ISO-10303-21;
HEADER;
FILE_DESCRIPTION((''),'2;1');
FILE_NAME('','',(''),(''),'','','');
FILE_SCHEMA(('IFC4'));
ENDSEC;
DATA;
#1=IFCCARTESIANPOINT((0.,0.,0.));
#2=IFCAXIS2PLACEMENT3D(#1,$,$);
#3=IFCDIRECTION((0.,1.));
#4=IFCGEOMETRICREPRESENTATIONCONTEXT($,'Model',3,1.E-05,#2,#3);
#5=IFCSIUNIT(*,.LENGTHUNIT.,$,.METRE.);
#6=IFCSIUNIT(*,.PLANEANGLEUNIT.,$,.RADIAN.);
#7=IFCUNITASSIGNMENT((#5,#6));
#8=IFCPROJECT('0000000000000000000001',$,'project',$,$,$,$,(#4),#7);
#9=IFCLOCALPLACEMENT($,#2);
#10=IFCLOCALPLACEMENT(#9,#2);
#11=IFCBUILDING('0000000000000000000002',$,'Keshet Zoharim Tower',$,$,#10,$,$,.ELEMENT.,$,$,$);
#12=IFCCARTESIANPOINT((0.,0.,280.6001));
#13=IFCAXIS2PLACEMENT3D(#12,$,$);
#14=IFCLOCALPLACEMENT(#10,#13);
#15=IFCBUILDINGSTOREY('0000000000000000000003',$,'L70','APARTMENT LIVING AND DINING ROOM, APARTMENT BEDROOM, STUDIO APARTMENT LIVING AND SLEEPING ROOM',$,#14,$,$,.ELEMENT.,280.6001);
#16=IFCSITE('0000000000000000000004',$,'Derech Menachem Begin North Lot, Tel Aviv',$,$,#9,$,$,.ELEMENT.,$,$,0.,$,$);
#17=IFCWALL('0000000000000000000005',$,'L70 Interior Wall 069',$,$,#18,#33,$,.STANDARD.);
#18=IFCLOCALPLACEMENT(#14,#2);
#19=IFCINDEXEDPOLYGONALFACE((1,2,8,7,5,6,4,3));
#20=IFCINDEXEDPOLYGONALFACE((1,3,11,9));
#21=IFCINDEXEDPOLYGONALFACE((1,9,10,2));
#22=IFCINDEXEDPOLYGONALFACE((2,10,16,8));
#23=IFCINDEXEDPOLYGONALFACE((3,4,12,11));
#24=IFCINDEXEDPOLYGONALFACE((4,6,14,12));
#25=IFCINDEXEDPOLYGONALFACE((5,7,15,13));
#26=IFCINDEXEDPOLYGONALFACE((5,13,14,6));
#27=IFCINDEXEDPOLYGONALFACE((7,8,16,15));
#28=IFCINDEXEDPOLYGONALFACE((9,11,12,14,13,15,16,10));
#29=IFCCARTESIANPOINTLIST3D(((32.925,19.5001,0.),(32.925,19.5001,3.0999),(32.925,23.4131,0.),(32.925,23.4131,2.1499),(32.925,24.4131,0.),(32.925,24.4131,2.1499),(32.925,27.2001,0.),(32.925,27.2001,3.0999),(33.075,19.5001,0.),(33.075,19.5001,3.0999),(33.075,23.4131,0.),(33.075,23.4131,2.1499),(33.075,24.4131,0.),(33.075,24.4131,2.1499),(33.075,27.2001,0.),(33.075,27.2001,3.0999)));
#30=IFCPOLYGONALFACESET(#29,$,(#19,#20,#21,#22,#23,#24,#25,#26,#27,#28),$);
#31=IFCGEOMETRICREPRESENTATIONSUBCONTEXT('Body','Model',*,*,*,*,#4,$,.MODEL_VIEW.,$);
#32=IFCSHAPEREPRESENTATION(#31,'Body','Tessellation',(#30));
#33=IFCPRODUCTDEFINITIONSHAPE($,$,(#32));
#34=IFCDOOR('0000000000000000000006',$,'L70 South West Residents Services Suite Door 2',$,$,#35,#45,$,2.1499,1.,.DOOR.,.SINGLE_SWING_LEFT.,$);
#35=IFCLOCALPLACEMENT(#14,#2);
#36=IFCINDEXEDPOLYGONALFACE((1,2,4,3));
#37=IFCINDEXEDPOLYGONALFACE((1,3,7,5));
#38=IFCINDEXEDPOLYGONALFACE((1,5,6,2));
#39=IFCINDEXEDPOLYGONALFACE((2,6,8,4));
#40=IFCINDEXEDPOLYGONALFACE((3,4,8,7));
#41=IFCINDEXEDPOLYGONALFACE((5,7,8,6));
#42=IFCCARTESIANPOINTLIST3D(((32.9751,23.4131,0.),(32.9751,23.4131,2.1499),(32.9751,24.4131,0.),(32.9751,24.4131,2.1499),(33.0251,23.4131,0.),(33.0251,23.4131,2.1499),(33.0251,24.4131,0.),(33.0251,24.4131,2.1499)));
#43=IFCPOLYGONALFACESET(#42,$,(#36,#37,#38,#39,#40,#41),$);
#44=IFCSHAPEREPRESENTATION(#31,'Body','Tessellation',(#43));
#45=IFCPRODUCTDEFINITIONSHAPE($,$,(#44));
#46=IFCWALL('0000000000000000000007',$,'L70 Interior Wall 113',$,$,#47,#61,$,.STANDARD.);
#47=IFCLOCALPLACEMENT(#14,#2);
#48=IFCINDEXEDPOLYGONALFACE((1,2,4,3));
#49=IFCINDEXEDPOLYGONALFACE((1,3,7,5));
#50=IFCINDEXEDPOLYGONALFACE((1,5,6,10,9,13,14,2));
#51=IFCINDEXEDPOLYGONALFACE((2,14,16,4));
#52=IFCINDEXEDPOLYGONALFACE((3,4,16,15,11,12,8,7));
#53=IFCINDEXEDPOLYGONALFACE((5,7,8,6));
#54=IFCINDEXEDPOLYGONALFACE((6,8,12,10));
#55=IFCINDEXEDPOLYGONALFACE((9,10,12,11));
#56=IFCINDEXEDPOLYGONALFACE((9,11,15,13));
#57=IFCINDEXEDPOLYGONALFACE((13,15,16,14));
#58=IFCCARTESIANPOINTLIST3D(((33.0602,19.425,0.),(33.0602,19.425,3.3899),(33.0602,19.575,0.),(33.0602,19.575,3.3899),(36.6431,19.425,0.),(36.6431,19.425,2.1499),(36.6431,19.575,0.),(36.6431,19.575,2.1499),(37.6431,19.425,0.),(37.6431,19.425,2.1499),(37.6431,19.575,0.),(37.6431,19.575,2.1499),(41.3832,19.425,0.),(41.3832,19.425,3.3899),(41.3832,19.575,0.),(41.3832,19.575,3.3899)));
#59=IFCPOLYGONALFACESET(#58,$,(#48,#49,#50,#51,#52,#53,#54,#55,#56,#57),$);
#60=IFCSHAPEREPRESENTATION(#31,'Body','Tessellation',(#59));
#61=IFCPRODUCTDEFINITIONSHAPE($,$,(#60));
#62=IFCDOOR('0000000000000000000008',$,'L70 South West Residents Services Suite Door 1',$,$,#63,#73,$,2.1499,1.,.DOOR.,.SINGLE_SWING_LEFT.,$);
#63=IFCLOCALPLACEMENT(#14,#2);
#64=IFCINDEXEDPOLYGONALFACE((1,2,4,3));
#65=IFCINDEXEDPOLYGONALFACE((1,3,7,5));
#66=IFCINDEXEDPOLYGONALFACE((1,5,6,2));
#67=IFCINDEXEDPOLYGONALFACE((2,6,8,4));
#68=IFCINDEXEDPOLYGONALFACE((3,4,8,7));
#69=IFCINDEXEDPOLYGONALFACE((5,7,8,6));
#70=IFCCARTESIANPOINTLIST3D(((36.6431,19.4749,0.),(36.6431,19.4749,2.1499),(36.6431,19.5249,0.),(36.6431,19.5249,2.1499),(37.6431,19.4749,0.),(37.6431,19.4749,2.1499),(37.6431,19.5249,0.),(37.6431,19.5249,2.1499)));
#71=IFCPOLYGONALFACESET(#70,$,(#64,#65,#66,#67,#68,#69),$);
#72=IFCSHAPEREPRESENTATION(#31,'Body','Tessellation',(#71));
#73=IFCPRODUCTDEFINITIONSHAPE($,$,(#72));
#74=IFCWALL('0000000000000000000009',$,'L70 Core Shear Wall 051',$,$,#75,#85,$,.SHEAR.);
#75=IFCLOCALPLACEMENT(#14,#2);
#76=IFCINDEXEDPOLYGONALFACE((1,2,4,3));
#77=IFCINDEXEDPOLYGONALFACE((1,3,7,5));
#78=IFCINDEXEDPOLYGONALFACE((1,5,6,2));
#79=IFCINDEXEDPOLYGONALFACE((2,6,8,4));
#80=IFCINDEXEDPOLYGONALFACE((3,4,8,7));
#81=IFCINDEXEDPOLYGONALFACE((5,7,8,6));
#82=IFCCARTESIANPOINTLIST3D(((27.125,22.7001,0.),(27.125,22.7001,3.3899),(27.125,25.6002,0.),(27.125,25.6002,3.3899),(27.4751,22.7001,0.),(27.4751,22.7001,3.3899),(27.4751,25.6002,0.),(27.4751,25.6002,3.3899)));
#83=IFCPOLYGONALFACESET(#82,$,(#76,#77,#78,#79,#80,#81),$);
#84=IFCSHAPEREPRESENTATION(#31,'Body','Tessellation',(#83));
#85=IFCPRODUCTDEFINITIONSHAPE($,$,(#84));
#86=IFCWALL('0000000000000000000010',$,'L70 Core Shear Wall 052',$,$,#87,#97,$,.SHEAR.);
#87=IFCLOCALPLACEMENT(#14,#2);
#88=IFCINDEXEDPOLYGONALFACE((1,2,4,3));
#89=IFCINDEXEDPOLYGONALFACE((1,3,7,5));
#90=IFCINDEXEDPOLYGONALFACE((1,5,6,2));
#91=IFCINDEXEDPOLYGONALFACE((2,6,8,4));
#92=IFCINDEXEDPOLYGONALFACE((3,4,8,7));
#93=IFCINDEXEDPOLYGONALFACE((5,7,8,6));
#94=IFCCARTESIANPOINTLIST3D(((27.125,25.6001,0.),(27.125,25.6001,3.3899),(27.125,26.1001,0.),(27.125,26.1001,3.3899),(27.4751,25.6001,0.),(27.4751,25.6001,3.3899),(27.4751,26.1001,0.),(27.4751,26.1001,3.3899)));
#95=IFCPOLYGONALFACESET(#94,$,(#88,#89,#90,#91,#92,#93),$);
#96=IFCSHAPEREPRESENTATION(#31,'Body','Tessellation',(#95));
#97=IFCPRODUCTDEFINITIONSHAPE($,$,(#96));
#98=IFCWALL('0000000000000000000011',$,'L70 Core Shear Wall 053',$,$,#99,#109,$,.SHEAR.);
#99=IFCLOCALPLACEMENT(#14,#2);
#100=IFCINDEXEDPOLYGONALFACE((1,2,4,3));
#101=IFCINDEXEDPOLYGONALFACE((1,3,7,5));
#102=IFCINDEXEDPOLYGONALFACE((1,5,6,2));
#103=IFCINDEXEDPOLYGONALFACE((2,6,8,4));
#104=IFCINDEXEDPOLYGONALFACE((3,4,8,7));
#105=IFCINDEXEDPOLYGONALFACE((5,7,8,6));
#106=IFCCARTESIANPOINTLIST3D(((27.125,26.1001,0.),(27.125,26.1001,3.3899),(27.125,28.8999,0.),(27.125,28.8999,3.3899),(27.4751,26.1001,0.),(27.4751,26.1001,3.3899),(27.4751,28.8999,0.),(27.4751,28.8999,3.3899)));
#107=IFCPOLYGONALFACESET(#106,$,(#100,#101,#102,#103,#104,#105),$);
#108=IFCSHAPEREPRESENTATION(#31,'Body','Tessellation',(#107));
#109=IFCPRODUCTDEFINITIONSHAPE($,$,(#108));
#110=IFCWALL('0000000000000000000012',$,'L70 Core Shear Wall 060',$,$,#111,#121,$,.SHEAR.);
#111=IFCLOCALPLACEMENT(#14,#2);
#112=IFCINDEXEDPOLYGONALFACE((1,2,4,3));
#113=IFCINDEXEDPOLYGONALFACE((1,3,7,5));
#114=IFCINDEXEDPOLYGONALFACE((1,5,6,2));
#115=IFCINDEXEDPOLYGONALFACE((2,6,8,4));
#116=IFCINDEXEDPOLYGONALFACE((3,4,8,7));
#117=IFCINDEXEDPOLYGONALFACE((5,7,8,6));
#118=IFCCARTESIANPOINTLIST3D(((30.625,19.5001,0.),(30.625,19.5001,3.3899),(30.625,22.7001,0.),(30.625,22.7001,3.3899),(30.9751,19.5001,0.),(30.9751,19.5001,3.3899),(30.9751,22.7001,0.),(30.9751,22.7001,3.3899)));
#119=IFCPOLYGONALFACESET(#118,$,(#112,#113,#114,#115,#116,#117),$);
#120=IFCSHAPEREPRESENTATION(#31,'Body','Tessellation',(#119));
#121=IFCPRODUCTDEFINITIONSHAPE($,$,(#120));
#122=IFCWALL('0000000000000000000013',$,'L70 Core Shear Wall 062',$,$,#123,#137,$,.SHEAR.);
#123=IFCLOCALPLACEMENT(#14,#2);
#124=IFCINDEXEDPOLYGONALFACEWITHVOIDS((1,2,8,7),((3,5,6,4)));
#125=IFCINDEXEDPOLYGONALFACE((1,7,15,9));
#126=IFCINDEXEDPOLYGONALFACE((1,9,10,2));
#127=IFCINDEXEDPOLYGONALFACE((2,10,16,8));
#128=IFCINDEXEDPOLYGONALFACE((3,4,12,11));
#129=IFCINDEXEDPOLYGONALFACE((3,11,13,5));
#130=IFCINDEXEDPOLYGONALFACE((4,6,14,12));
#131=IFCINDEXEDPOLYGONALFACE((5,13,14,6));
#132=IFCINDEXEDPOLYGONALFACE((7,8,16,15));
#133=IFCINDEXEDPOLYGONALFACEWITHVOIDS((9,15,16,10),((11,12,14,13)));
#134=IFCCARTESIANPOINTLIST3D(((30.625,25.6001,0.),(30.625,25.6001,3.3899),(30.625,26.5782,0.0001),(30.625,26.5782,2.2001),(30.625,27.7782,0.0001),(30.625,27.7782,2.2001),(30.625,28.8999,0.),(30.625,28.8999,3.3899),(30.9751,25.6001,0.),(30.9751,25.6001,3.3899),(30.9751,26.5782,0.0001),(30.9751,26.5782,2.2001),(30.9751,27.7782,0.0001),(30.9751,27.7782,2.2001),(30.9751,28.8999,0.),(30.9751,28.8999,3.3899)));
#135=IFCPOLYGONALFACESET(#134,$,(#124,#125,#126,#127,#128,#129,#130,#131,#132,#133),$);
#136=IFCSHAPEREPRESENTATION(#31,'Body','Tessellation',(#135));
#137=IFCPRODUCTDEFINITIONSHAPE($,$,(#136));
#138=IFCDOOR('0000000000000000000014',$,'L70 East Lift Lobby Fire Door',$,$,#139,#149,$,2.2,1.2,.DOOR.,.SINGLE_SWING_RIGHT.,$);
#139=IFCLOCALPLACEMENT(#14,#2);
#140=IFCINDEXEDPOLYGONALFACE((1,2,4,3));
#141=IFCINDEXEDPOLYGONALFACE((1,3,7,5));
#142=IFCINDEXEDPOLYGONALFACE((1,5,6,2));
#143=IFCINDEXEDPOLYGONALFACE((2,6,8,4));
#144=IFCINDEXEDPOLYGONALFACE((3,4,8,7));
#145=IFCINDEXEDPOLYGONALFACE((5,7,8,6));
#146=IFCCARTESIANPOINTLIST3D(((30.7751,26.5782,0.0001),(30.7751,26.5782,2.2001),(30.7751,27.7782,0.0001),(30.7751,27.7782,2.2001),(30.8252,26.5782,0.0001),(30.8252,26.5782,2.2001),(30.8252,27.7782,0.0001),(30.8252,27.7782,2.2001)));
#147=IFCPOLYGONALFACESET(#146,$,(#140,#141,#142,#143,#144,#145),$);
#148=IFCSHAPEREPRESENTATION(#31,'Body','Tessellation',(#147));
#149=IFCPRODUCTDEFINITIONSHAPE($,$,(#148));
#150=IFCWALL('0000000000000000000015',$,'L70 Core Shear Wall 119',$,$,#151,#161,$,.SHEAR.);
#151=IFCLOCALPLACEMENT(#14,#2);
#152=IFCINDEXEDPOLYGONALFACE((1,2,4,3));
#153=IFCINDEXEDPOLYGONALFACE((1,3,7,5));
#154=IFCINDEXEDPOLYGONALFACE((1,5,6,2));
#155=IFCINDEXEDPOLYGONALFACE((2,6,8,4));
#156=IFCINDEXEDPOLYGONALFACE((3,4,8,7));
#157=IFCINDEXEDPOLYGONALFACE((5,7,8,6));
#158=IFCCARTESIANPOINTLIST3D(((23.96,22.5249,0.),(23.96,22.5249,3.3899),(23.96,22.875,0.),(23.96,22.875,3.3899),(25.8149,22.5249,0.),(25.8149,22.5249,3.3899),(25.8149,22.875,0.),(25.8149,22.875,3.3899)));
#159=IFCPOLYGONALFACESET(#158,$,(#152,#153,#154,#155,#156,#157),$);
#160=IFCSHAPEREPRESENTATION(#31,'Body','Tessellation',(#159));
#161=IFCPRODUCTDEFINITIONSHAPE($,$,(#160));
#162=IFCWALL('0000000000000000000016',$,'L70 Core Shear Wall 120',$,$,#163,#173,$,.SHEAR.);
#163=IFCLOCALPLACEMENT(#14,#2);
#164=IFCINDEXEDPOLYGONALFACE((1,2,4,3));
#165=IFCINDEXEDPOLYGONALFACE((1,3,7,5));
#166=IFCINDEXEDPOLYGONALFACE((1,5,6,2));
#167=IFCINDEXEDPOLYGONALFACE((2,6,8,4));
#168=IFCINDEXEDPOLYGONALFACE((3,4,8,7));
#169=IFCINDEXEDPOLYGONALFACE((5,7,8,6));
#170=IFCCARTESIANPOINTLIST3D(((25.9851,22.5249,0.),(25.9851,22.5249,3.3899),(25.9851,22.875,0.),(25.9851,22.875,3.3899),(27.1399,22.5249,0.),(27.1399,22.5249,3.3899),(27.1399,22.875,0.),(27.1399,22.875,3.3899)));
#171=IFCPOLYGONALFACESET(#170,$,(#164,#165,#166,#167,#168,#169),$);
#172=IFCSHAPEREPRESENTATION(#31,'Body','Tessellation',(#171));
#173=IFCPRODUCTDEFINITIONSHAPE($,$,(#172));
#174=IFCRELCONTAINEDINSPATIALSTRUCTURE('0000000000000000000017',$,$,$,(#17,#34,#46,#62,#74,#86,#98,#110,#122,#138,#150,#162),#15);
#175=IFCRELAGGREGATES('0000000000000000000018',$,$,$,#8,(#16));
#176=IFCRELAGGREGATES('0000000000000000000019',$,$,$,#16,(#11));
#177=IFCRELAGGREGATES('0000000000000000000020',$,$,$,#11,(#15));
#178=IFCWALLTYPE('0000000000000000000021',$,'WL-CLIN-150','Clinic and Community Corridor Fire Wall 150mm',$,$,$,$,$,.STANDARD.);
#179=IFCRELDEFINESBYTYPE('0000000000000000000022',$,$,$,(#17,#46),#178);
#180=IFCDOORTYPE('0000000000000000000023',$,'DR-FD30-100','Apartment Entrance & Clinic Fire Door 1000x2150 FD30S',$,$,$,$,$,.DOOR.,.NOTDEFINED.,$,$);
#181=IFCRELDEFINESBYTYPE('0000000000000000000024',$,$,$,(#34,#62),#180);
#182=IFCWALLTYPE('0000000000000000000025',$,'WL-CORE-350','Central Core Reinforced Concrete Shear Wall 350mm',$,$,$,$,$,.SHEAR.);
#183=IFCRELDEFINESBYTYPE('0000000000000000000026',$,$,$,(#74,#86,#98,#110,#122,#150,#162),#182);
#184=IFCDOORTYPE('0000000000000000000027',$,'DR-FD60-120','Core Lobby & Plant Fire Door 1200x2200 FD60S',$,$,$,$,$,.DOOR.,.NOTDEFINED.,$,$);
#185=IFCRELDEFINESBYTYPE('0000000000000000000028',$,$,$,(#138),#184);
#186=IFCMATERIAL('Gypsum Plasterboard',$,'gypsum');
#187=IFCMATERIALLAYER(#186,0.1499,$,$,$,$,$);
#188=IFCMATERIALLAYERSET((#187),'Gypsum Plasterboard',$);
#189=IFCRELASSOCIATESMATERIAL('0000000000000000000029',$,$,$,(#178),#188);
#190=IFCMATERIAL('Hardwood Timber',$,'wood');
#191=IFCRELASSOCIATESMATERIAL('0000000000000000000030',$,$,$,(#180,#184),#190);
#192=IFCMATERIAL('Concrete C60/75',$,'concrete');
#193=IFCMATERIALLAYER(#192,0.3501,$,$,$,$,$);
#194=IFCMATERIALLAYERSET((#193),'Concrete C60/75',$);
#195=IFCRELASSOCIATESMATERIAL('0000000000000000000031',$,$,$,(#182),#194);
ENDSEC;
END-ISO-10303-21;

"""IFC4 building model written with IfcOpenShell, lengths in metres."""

from ifc_helpers import new_model, si_unit, direction, frame, frame_2d, origin, place, context, subcontext, project, spatial, rectangle, extrude, material, layer, layer_set, type_object, element, fill, save


model = new_model("IFC4")

# Units and contexts
model_context = context("Model", 3, precision=1e-05, world=origin(), true_north=direction((0.0, 1.0)))
body_context = subcontext(model_context, "Body", "Model", "MODEL_VIEW")
ifc_project = project(units=[si_unit("LENGTHUNIT", "METRE"), si_unit("PLANEANGLEUNIT", "RADIAN")], contexts=[model_context])

# Site, building, storey
site_placement = place(None, origin())
site = spatial("IfcSite", under=ifc_project, at=site_placement, Name="Derech Menachem Begin North Lot, Tel Aviv", CompositionType="ELEMENT", RefElevation=0.0)
building_placement = place(site_placement, origin())
building = spatial("IfcBuilding", under=site, at=building_placement, Name="Keshet Zoharim Tower", CompositionType="ELEMENT")
storey_placement = place(building_placement, frame((0.0, 0.0, 280.6001)))
storey = spatial("IfcBuildingStorey", under=building, at=storey_placement, Name="L70", Description="APARTMENT LIVING AND DINING ROOM, APARTMENT BEDROOM, STUDIO APARTMENT LIVING AND SLEEPING ROOM", CompositionType="ELEMENT", Elevation=280.6001)

# Shared definitions
ifc_material_1 = material(Name="Gypsum Plasterboard", Category="gypsum")
ifc_layer_1 = layer(ifc_material_1, 0.1499)
ifc_layer_set_1 = layer_set([ifc_layer_1], Name="Gypsum Plasterboard")
wall_type_1 = type_object("IfcWallType", Name="WL-CLIN-150", Description="Clinic and Community Corridor Fire Wall 150mm", PredefinedType="STANDARD", material=ifc_layer_set_1)

# Walls, openings, doors
wall_1_placement = place(storey_placement, frame((33.0, 19.5, 0.0), z_axis=(0.0, 0.0, 1.0), x_axis=(0.0, 1.0, 0.0)))
wall_1 = element("IfcWall", 1, at=wall_1_placement, inside=storey, type_object=wall_type_1, Name="L70 Interior Wall 069", PredefinedType="STANDARD", context=body_context, shape_type="SweptSolid", body=[
    extrude(rectangle(XDim=7.7, YDim=0.1499, at=frame_2d((3.8501, 0.0))), origin(), (0.0, 0.0, 1.0), 3.0999),
])
opening_1_placement = place(wall_1_placement, frame((3.9131, 0.0, 0.0)))
opening_1 = element("IfcOpeningElement", 2, at=opening_1_placement, cuts=wall_1, PredefinedType="OPENING", context=body_context, shape_type="SweptSolid", body=[
    extrude(rectangle(XDim=1.0, YDim=2.1499, at=frame_2d((0.5, 1.075))), frame((0.0, 0.085, 0.0), z_axis=(0.0, -1.0, 0.0), x_axis=(1.0, 0.0, 0.0)), (0.0, 0.0, 1.0), 0.1699),
])
ifc_material_2 = material(Name="Hardwood Timber", Category="wood")
door_type_1 = type_object("IfcDoorType", Name="DR-FD30-100", Description="Apartment Entrance & Clinic Fire Door 1000x2150 FD30S", OperationType="NOTDEFINED", PredefinedType="DOOR", material=ifc_material_2)
door_1_placement = place(opening_1_placement, origin())
door_1 = element("IfcDoor", 3, at=door_1_placement, inside=storey, type_object=door_type_1, Name="L70 South West Residents Services Suite Door 2", OperationType="SINGLE_SWING_LEFT", OverallHeight=2.1499, OverallWidth=1.0, PredefinedType="DOOR", context=body_context, shape_type="SweptSolid", body=[
    extrude(rectangle(XDim=1.0, YDim=2.1499, at=frame_2d((0.5, 1.075))), frame((0.0, 0.0249, 0.0), z_axis=(0.0, -1.0, 0.0), x_axis=(1.0, 0.0, 0.0)), (0.0, 0.0, 1.0), 0.05),
])
fill(opening_1, door_1)
wall_2_placement = place(storey_placement, frame((33.0601, 19.5, 0.0), z_axis=(0.0, 0.0, 1.0), x_axis=(1.0, 0.0, 0.0)))
wall_2 = element("IfcWall", 4, at=wall_2_placement, inside=storey, type_object=wall_type_1, Name="L70 Interior Wall 113", PredefinedType="STANDARD", context=body_context, shape_type="SweptSolid", body=[
    extrude(rectangle(XDim=8.323, YDim=0.1499, at=frame_2d((4.1616, 0.0))), origin(), (0.0, 0.0, 1.0), 3.3899),
])
opening_2_placement = place(wall_2_placement, frame((3.583, 0.0, 0.0)))
opening_2 = element("IfcOpeningElement", 5, at=opening_2_placement, cuts=wall_2, PredefinedType="OPENING", context=body_context, shape_type="SweptSolid", body=[
    extrude(rectangle(XDim=1.0, YDim=2.1499, at=frame_2d((0.5, 1.075))), frame((0.0, 0.085, 0.0), z_axis=(0.0, -1.0, 0.0), x_axis=(1.0, 0.0, 0.0)), (0.0, 0.0, 1.0), 0.1699),
])
door_2_placement = place(opening_2_placement, origin())
door_2 = element("IfcDoor", 6, at=door_2_placement, inside=storey, type_object=door_type_1, Name="L70 South West Residents Services Suite Door 1", OperationType="SINGLE_SWING_LEFT", OverallHeight=2.1499, OverallWidth=1.0, PredefinedType="DOOR", context=body_context, shape_type="SweptSolid", body=[
    extrude(rectangle(XDim=1.0, YDim=2.1499, at=frame_2d((0.5, 1.075))), frame((0.0, 0.0249, 0.0), z_axis=(0.0, -1.0, 0.0), x_axis=(1.0, 0.0, 0.0)), (0.0, 0.0, 1.0), 0.05),
])
fill(opening_2, door_2)
ifc_material_3 = material(Name="Concrete C60/75", Category="concrete")
ifc_layer_2 = layer(ifc_material_3, 0.3501)
ifc_layer_set_2 = layer_set([ifc_layer_2], Name="Concrete C60/75")
wall_type_2 = type_object("IfcWallType", Name="WL-CORE-350", Description="Central Core Reinforced Concrete Shear Wall 350mm", PredefinedType="SHEAR", material=ifc_layer_set_2)

# Walls
wall_3_placement = place(storey_placement, frame((27.3, 22.7, 0.0), z_axis=(0.0, 0.0, 1.0), x_axis=(0.0, 1.0, 0.0)))
element("IfcWall", 7, at=wall_3_placement, inside=storey, type_object=wall_type_2, Name="L70 Core Shear Wall 051", PredefinedType="SHEAR", context=body_context, shape_type="SweptSolid", body=[
    extrude(rectangle(XDim=2.9001, YDim=0.3501, at=frame_2d((1.4502, 0.0))), origin(), (0.0, 0.0, 1.0), 3.3899),
])
wall_4_placement = place(storey_placement, frame((27.3, 25.6001, 0.0), z_axis=(0.0, 0.0, 1.0), x_axis=(0.0, 1.0, 0.0)))
element("IfcWall", 8, at=wall_4_placement, inside=storey, type_object=wall_type_2, Name="L70 Core Shear Wall 052", PredefinedType="SHEAR", context=body_context, shape_type="SweptSolid", body=[
    extrude(rectangle(XDim=0.5, YDim=0.3501, at=frame_2d((0.25, 0.0))), origin(), (0.0, 0.0, 1.0), 3.3899),
])
wall_5_placement = place(storey_placement, frame((27.3, 26.1001, 0.0), z_axis=(0.0, 0.0, 1.0), x_axis=(0.0, 1.0, 0.0)))
element("IfcWall", 9, at=wall_5_placement, inside=storey, type_object=wall_type_2, Name="L70 Core Shear Wall 053", PredefinedType="SHEAR", context=body_context, shape_type="SweptSolid", body=[
    extrude(rectangle(XDim=2.7998, YDim=0.3501, at=frame_2d((1.3999, 0.0))), origin(), (0.0, 0.0, 1.0), 3.3899),
])
wall_6_placement = place(storey_placement, frame((30.8, 19.5, 0.0), z_axis=(0.0, 0.0, 1.0), x_axis=(0.0, 1.0, 0.0)))
element("IfcWall", 10, at=wall_6_placement, inside=storey, type_object=wall_type_2, Name="L70 Core Shear Wall 060", PredefinedType="SHEAR", context=body_context, shape_type="SweptSolid", body=[
    extrude(rectangle(XDim=3.2, YDim=0.3501, at=frame_2d((1.6001, 0.0))), origin(), (0.0, 0.0, 1.0), 3.3899),
])

# Wall, opening, door
wall_7_placement = place(storey_placement, frame((30.8, 25.6001, 0.0), z_axis=(0.0, 0.0, 1.0), x_axis=(0.0, 1.0, 0.0)))
wall_7 = element("IfcWall", 11, at=wall_7_placement, inside=storey, type_object=wall_type_2, Name="L70 Core Shear Wall 062", PredefinedType="SHEAR", context=body_context, shape_type="SweptSolid", body=[
    extrude(rectangle(XDim=3.2998, YDim=0.3501, at=frame_2d((1.6499, 0.0))), origin(), (0.0, 0.0, 1.0), 3.3899),
])
opening_3_placement = place(wall_7_placement, frame((0.978, 0.0, 0.0)))
opening_3 = element("IfcOpeningElement", 12, at=opening_3_placement, cuts=wall_7, PredefinedType="OPENING", context=body_context, shape_type="SweptSolid", body=[
    extrude(rectangle(XDim=1.2, YDim=2.2, at=frame_2d((0.6001, 1.1001))), frame((0.0, 0.1851, 0.0), z_axis=(0.0, -1.0, 0.0), x_axis=(1.0, 0.0, 0.0)), (0.0, 0.0, 1.0), 0.3701),
])
door_type_2 = type_object("IfcDoorType", Name="DR-FD60-120", Description="Core Lobby & Plant Fire Door 1200x2200 FD60S", OperationType="NOTDEFINED", PredefinedType="DOOR", material=ifc_material_2)
door_3_placement = place(opening_3_placement, origin())
door_3 = element("IfcDoor", 13, at=door_3_placement, inside=storey, type_object=door_type_2, Name="L70 East Lift Lobby Fire Door", OperationType="SINGLE_SWING_RIGHT", OverallHeight=2.2, OverallWidth=1.2, PredefinedType="DOOR", context=body_context, shape_type="SweptSolid", body=[
    extrude(rectangle(XDim=1.2, YDim=2.2, at=frame_2d((0.6001, 1.1001))), frame((0.0, 0.0249, 0.0), z_axis=(0.0, -1.0, 0.0), x_axis=(1.0, 0.0, 0.0)), (0.0, 0.0, 1.0), 0.05),
])
fill(opening_3, door_3)

# Walls
wall_8_placement = place(storey_placement, frame((23.96, 22.7, 0.0), z_axis=(0.0, 0.0, 1.0), x_axis=(1.0, 0.0, 0.0)))
element("IfcWall", 14, at=wall_8_placement, inside=storey, type_object=wall_type_2, Name="L70 Core Shear Wall 119", PredefinedType="SHEAR", context=body_context, shape_type="SweptSolid", body=[
    extrude(rectangle(XDim=1.855, YDim=0.3501, at=frame_2d((0.9275, 0.0))), origin(), (0.0, 0.0, 1.0), 3.3899),
])
wall_9_placement = place(storey_placement, frame((25.9851, 22.7, 0.0), z_axis=(0.0, 0.0, 1.0), x_axis=(1.0, 0.0, 0.0)))
element("IfcWall", 15, at=wall_9_placement, inside=storey, type_object=wall_type_2, Name="L70 Core Shear Wall 120", PredefinedType="SHEAR", context=body_context, shape_type="SweptSolid", body=[
    extrude(rectangle(XDim=1.1548, YDim=0.3501, at=frame_2d((0.5774, 0.0))), origin(), (0.0, 0.0, 1.0), 3.3899),
])

save(model, "model.ifc")
